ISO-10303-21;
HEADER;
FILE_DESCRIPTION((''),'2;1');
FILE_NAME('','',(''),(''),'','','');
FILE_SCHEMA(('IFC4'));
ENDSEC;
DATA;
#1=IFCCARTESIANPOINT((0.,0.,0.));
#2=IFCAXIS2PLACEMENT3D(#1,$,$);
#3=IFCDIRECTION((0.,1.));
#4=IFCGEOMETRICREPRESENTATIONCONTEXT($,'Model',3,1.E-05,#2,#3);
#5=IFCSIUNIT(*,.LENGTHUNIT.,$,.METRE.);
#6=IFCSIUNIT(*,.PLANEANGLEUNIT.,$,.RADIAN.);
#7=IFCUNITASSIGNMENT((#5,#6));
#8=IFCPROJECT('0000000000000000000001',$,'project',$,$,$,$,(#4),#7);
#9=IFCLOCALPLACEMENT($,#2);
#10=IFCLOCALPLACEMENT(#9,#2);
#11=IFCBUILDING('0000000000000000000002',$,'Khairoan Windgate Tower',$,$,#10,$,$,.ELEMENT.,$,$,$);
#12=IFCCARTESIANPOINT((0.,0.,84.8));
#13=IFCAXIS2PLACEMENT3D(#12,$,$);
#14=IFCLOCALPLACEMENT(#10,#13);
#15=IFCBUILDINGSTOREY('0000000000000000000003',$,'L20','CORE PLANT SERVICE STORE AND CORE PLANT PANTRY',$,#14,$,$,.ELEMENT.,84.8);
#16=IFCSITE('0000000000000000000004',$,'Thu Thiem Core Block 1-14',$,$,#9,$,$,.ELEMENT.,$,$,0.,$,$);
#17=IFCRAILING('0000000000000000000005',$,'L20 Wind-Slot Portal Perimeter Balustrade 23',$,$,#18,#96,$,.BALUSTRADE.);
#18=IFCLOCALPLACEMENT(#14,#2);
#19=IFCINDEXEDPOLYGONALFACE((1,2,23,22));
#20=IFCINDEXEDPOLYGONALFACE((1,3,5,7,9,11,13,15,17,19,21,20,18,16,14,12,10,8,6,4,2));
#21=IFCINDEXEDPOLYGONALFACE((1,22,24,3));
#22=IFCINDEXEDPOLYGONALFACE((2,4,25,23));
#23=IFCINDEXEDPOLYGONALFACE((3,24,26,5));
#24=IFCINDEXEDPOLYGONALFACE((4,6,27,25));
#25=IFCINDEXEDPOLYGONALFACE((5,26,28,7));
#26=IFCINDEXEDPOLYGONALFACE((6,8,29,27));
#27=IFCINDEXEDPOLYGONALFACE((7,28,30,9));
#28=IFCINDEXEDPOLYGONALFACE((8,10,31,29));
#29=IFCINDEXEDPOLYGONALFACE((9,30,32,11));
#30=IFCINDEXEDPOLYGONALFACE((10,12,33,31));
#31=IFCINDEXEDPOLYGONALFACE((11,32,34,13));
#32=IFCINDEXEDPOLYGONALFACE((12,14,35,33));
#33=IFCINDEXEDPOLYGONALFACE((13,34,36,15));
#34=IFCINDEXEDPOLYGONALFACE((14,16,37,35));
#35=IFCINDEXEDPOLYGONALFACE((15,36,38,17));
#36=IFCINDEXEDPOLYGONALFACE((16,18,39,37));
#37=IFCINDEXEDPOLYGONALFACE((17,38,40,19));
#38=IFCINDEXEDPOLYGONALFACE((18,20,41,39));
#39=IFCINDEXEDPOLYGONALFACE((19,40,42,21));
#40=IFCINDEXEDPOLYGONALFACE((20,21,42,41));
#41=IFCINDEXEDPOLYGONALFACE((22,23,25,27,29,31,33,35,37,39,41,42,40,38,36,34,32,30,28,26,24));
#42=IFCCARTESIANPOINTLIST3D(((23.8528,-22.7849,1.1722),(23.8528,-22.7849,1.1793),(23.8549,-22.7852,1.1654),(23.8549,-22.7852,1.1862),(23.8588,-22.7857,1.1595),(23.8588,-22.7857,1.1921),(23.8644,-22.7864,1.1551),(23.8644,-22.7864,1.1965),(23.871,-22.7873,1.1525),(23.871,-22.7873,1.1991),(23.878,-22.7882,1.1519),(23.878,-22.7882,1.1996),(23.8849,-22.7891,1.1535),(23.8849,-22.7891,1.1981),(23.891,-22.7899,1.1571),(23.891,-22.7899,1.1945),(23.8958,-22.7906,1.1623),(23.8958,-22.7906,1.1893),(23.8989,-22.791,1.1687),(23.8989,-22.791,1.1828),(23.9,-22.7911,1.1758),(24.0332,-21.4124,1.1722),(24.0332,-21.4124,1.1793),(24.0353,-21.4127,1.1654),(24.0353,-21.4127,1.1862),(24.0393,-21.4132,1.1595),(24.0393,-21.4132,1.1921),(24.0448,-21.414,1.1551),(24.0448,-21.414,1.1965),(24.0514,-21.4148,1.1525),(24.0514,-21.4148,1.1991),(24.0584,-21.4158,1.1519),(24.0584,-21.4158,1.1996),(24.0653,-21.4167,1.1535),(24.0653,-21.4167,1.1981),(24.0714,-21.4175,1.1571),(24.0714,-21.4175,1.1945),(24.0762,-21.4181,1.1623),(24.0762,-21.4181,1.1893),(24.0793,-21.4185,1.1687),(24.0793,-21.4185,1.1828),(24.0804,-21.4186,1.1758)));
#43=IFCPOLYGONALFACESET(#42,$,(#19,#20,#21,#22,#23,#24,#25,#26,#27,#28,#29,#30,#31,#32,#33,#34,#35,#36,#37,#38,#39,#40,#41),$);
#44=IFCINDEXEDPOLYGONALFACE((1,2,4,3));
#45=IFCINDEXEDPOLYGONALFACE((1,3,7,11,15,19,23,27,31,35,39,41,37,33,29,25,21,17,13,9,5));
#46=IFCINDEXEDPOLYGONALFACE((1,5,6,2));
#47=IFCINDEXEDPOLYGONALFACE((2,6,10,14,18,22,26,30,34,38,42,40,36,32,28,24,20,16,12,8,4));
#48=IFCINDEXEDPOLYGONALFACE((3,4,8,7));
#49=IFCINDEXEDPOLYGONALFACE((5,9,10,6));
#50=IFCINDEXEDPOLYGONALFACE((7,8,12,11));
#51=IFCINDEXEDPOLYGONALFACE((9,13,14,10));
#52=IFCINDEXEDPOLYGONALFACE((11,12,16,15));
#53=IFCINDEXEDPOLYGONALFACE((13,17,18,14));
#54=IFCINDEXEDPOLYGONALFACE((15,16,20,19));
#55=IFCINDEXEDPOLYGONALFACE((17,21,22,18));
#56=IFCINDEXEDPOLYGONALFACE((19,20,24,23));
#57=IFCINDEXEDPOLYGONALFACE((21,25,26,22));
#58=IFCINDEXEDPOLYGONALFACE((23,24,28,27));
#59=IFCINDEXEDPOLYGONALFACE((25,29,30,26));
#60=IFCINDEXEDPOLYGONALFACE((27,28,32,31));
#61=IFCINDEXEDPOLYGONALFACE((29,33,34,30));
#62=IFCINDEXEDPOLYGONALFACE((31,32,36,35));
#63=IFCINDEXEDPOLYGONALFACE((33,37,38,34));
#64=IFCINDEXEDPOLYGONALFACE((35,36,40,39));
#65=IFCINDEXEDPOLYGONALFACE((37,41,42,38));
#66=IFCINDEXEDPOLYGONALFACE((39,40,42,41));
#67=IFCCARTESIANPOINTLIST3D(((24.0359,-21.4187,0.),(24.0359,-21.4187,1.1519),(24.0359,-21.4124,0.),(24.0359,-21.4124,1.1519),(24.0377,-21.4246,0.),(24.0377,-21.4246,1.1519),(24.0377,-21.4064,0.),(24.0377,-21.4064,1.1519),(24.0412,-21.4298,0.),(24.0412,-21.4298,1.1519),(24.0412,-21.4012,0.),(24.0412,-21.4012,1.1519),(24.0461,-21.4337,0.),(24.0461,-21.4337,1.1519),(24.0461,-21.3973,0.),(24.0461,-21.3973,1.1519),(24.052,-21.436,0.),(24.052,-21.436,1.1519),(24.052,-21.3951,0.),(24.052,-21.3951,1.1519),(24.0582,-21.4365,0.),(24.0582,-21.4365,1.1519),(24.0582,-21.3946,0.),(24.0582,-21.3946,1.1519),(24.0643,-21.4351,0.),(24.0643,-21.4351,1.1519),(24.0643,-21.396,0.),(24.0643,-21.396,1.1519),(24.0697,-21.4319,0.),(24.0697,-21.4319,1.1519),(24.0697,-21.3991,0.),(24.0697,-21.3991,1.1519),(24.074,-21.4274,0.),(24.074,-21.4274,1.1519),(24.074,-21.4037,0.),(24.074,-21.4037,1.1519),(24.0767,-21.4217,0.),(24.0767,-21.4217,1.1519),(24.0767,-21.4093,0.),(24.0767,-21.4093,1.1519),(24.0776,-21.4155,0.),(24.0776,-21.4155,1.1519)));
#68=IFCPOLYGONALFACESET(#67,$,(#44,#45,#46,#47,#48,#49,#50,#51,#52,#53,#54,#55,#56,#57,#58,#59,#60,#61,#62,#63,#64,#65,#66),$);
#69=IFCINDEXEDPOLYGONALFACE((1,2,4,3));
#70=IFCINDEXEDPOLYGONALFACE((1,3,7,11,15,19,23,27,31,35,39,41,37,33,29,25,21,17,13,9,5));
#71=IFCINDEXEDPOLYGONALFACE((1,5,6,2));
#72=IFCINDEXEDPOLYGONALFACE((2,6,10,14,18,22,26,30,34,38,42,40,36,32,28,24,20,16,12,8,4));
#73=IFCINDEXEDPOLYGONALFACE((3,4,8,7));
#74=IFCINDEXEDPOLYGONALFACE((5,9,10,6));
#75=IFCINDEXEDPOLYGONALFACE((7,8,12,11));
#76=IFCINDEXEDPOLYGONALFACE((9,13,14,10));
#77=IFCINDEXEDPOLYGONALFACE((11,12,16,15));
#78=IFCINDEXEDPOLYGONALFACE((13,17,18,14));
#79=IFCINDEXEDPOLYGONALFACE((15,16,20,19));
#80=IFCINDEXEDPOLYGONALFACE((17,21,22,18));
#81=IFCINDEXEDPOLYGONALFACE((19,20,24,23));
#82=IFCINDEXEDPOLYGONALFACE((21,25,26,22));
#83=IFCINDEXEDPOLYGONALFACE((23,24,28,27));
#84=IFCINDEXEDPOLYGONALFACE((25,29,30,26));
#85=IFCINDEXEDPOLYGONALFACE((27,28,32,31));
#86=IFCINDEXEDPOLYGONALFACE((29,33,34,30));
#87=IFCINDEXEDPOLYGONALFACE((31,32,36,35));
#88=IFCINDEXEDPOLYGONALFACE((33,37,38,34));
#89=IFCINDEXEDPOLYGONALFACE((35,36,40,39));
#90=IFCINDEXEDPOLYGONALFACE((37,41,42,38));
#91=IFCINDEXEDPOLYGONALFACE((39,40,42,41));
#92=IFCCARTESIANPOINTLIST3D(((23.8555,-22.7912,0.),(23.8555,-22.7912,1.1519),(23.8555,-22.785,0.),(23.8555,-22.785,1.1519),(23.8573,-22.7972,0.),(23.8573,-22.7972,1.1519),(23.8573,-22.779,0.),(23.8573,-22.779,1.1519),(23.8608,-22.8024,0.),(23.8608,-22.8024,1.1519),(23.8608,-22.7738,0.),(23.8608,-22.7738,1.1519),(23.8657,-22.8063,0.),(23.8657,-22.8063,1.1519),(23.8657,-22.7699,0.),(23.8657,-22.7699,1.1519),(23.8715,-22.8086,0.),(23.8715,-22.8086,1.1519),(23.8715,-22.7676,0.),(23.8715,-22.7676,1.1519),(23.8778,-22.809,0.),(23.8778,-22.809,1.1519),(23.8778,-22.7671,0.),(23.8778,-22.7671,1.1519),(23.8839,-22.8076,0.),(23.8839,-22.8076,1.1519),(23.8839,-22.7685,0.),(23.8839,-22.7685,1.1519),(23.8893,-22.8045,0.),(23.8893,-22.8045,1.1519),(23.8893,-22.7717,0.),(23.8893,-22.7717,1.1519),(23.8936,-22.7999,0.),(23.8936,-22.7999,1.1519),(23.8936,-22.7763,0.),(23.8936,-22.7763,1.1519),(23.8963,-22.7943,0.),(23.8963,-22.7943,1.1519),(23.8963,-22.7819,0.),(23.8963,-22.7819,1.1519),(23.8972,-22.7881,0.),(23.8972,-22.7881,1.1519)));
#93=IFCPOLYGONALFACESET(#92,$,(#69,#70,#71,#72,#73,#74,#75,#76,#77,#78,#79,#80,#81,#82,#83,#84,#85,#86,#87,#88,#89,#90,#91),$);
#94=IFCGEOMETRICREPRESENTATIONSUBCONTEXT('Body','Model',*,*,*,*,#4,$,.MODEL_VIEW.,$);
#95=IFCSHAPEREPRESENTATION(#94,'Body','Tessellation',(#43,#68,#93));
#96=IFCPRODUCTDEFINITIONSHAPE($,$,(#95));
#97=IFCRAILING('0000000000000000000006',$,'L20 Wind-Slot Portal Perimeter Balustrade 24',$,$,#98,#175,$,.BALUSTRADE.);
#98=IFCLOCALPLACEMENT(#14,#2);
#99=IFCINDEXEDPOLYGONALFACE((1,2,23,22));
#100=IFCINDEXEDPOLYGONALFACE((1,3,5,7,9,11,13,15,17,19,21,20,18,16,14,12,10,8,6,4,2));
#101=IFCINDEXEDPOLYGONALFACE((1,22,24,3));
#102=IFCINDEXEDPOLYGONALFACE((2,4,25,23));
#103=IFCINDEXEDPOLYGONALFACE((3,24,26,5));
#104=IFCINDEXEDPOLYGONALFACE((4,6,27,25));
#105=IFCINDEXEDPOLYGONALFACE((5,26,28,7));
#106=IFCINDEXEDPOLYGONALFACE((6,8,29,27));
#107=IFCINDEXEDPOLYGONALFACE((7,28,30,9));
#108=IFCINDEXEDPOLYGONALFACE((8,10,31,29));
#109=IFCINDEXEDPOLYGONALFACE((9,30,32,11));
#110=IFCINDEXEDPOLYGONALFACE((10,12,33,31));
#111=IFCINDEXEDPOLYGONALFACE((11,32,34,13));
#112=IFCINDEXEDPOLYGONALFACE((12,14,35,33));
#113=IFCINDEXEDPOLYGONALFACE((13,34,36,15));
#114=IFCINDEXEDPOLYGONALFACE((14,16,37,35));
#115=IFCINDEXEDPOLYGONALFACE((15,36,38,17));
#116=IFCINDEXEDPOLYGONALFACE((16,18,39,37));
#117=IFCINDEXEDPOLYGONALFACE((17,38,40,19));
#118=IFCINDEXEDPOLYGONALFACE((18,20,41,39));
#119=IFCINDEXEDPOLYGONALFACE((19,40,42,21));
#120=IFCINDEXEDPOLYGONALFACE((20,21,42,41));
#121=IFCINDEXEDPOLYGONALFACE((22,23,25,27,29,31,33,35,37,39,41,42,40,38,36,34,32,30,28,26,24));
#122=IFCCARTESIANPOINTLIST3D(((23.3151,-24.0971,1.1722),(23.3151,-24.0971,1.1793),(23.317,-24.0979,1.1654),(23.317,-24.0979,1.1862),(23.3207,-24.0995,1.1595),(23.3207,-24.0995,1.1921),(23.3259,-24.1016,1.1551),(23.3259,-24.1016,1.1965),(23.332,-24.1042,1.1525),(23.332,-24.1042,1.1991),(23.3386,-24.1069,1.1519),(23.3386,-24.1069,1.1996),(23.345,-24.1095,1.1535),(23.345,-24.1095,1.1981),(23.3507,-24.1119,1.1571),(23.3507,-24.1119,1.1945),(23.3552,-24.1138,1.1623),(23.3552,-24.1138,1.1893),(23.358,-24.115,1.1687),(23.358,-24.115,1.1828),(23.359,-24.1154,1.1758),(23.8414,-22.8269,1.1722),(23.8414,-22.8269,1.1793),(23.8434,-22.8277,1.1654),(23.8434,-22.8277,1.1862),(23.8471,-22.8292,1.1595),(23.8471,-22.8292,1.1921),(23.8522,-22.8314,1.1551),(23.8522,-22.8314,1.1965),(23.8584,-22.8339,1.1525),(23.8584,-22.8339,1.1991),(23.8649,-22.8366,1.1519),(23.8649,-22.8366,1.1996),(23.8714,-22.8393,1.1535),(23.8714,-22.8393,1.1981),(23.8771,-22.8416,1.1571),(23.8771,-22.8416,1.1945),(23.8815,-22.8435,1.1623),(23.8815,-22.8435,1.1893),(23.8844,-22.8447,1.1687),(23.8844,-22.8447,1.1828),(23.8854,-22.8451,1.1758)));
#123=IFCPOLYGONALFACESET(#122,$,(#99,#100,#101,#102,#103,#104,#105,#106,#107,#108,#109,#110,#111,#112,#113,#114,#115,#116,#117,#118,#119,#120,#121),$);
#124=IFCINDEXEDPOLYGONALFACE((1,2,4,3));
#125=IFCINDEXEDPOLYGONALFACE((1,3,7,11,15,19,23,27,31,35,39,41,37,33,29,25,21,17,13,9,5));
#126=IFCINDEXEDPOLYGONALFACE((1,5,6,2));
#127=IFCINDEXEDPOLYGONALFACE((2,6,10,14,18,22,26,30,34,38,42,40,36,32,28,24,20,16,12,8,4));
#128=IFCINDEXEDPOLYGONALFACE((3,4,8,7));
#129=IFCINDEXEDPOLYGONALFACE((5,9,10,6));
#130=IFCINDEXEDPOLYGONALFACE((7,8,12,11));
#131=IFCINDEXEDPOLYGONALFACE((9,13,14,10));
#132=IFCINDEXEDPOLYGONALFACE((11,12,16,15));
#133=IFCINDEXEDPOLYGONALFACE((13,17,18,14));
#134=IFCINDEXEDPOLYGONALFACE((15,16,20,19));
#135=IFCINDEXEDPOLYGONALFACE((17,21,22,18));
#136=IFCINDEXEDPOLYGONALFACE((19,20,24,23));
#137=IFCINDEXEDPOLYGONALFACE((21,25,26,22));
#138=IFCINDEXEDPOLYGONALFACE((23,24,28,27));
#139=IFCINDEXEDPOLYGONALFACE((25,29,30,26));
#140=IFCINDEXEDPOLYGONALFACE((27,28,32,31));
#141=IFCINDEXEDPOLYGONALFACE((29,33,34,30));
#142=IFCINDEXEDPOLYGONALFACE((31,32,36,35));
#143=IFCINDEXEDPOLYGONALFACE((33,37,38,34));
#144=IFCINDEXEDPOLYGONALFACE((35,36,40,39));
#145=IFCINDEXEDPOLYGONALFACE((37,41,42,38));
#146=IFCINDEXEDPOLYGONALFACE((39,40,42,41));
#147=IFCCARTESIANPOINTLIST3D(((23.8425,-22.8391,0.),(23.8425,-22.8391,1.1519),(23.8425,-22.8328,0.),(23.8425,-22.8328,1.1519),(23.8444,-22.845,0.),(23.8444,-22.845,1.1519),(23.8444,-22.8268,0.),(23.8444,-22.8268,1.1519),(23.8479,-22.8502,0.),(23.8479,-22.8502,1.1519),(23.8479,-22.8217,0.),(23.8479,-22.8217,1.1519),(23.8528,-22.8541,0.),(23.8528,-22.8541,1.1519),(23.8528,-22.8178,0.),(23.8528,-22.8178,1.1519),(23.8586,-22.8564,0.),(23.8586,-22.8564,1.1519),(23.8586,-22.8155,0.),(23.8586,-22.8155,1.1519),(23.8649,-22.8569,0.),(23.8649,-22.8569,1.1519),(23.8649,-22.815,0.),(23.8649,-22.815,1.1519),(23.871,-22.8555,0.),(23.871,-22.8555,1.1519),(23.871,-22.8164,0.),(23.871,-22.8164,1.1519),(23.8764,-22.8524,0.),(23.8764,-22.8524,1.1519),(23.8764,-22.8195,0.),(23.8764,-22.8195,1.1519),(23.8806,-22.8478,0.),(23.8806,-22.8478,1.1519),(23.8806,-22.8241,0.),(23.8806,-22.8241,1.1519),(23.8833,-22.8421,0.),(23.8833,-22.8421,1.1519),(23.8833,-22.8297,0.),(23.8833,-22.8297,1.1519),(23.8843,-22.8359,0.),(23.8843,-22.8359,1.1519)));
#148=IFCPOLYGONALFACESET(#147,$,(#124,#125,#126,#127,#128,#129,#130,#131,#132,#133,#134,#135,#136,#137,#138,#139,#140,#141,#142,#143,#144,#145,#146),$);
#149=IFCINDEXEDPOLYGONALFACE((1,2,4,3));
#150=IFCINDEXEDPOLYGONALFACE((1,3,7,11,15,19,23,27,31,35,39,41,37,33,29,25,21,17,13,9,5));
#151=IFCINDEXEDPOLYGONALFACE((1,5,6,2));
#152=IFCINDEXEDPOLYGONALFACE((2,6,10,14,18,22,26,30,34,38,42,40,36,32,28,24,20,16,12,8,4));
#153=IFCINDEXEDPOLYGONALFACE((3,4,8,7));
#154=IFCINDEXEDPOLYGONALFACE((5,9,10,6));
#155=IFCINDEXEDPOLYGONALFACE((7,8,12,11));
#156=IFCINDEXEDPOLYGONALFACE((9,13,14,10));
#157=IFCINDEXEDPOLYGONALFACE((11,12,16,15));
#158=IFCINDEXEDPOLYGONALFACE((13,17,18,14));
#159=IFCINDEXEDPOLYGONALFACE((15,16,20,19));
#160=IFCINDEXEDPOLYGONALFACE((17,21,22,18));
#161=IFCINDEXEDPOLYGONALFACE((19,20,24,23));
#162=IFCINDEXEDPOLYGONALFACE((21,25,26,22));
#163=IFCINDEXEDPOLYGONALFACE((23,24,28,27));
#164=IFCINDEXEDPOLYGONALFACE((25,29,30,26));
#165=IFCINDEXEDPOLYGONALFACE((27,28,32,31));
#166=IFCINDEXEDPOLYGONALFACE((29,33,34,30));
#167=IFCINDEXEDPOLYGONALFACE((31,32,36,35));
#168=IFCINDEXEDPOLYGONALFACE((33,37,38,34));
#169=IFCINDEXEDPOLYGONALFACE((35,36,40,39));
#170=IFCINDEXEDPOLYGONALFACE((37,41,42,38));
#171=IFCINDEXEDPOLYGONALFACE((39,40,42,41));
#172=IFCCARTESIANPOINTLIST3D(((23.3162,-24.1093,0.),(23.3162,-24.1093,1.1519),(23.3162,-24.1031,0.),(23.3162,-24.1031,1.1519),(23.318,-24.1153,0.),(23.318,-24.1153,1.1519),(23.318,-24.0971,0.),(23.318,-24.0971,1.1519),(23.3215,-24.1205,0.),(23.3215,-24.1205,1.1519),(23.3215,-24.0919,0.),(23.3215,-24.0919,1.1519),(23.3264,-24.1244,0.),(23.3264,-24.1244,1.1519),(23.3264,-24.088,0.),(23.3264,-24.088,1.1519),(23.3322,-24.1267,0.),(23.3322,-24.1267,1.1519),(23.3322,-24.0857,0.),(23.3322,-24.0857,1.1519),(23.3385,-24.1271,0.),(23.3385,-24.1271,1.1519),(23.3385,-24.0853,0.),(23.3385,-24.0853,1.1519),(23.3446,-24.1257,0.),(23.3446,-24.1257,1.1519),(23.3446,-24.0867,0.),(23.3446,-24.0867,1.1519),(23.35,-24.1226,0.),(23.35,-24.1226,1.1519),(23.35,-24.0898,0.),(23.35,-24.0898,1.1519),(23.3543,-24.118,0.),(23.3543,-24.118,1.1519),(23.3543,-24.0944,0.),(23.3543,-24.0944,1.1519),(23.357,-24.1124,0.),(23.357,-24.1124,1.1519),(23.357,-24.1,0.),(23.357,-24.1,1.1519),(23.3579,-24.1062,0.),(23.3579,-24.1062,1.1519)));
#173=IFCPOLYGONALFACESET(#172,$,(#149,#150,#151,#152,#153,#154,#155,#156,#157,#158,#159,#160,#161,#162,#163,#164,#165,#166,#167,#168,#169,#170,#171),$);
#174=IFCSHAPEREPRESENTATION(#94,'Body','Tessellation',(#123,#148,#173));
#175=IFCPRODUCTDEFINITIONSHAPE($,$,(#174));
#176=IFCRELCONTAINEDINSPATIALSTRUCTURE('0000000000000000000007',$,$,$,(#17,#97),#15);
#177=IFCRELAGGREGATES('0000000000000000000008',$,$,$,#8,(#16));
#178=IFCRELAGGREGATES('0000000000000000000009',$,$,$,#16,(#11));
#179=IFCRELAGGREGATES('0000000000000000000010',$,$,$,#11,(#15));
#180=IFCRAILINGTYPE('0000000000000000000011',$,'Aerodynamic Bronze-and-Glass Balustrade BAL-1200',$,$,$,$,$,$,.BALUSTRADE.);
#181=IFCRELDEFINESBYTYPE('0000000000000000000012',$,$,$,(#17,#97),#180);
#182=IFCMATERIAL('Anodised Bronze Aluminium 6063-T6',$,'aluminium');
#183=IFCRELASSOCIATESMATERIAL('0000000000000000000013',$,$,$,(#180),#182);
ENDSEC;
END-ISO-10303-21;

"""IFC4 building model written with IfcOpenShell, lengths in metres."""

from ifc_helpers import new_model, si_unit, direction, frame, origin, origin_2d, place, context, subcontext, project, spatial, circle, extrude, material, type_object, element, save


model = new_model("IFC4")

# Units and contexts
model_context = context("Model", 3, precision=1e-05, world=origin(), true_north=direction((0.0, 1.0)))
body_context = subcontext(model_context, "Body", "Model", "MODEL_VIEW")
ifc_project = project(units=[si_unit("LENGTHUNIT", "METRE"), si_unit("PLANEANGLEUNIT", "RADIAN")], contexts=[model_context])

# Site, building, storey
site_placement = place(None, origin())
site = spatial("IfcSite", under=ifc_project, at=site_placement, Name="Thu Thiem Core Block 1-14", CompositionType="ELEMENT", RefElevation=0.0)
building_placement = place(site_placement, origin())
building = spatial("IfcBuilding", under=site, at=building_placement, Name="Khairoan Windgate Tower", CompositionType="ELEMENT")
storey_placement = place(building_placement, frame((0.0, 0.0, 84.8)))
storey = spatial("IfcBuildingStorey", under=building, at=storey_placement, Name="L20", Description="CORE PLANT SERVICE STORE AND CORE PLANT PANTRY", CompositionType="ELEMENT", Elevation=84.8)

# Railings
ifc_material_1 = material(Name="Anodised Bronze Aluminium 6063-T6", Category="aluminium")
railing_type_1 = type_object("IfcRailingType", Name="Aerodynamic Bronze-and-Glass Balustrade BAL-1200", PredefinedType="BALUSTRADE", material=ifc_material_1)
railing_1_placement = place(storey_placement, frame((24.0566, -21.4155, 0.0)))
element("IfcRailing", 1, at=railing_1_placement, inside=storey, type_object=railing_type_1, Name="L20 Wind-Slot Portal Perimeter Balustrade 23", PredefinedType="BALUSTRADE", context=body_context, shape_type="SweptSolid", body=[
    extrude(circle(Radius=0.0239, at=origin_2d()), frame((0.0, 0.0, 1.1758), z_axis=(-0.130327, -0.991471, 0.0), x_axis=(0.991471, -0.130327, 0.0)), (0.0, 0.0, 1.0), 1.3843),
    extrude(circle(Radius=0.021, at=origin_2d()), origin(), (0.0, 0.0, 1.0), 1.1519),
    extrude(circle(Radius=0.021, at=origin_2d()), frame((-0.1804, -1.3726, 0.0)), (0.0, 0.0, 1.0), 1.1519),
])
railing_2_placement = place(storey_placement, frame((23.8633, -22.8359, 0.0)))
element("IfcRailing", 2, at=railing_2_placement, inside=storey, type_object=railing_type_1, Name="L20 Wind-Slot Portal Perimeter Balustrade 24", PredefinedType="BALUSTRADE", context=body_context, shape_type="SweptSolid", body=[
    extrude(circle(Radius=0.0239, at=origin_2d()), frame((0.0, 0.0, 1.1758), z_axis=(-0.382812, -0.923826, 0.0), x_axis=(0.923826, -0.382812, 0.0)), (0.0, 0.0, 1.0), 1.375),
    extrude(circle(Radius=0.021, at=origin_2d()), origin(), (0.0, 0.0, 1.0), 1.1519),
    extrude(circle(Radius=0.021, at=origin_2d()), frame((-0.5264, -1.2703, 0.0)), (0.0, 0.0, 1.0), 1.1519),
])

save(model, "model.ifc")
